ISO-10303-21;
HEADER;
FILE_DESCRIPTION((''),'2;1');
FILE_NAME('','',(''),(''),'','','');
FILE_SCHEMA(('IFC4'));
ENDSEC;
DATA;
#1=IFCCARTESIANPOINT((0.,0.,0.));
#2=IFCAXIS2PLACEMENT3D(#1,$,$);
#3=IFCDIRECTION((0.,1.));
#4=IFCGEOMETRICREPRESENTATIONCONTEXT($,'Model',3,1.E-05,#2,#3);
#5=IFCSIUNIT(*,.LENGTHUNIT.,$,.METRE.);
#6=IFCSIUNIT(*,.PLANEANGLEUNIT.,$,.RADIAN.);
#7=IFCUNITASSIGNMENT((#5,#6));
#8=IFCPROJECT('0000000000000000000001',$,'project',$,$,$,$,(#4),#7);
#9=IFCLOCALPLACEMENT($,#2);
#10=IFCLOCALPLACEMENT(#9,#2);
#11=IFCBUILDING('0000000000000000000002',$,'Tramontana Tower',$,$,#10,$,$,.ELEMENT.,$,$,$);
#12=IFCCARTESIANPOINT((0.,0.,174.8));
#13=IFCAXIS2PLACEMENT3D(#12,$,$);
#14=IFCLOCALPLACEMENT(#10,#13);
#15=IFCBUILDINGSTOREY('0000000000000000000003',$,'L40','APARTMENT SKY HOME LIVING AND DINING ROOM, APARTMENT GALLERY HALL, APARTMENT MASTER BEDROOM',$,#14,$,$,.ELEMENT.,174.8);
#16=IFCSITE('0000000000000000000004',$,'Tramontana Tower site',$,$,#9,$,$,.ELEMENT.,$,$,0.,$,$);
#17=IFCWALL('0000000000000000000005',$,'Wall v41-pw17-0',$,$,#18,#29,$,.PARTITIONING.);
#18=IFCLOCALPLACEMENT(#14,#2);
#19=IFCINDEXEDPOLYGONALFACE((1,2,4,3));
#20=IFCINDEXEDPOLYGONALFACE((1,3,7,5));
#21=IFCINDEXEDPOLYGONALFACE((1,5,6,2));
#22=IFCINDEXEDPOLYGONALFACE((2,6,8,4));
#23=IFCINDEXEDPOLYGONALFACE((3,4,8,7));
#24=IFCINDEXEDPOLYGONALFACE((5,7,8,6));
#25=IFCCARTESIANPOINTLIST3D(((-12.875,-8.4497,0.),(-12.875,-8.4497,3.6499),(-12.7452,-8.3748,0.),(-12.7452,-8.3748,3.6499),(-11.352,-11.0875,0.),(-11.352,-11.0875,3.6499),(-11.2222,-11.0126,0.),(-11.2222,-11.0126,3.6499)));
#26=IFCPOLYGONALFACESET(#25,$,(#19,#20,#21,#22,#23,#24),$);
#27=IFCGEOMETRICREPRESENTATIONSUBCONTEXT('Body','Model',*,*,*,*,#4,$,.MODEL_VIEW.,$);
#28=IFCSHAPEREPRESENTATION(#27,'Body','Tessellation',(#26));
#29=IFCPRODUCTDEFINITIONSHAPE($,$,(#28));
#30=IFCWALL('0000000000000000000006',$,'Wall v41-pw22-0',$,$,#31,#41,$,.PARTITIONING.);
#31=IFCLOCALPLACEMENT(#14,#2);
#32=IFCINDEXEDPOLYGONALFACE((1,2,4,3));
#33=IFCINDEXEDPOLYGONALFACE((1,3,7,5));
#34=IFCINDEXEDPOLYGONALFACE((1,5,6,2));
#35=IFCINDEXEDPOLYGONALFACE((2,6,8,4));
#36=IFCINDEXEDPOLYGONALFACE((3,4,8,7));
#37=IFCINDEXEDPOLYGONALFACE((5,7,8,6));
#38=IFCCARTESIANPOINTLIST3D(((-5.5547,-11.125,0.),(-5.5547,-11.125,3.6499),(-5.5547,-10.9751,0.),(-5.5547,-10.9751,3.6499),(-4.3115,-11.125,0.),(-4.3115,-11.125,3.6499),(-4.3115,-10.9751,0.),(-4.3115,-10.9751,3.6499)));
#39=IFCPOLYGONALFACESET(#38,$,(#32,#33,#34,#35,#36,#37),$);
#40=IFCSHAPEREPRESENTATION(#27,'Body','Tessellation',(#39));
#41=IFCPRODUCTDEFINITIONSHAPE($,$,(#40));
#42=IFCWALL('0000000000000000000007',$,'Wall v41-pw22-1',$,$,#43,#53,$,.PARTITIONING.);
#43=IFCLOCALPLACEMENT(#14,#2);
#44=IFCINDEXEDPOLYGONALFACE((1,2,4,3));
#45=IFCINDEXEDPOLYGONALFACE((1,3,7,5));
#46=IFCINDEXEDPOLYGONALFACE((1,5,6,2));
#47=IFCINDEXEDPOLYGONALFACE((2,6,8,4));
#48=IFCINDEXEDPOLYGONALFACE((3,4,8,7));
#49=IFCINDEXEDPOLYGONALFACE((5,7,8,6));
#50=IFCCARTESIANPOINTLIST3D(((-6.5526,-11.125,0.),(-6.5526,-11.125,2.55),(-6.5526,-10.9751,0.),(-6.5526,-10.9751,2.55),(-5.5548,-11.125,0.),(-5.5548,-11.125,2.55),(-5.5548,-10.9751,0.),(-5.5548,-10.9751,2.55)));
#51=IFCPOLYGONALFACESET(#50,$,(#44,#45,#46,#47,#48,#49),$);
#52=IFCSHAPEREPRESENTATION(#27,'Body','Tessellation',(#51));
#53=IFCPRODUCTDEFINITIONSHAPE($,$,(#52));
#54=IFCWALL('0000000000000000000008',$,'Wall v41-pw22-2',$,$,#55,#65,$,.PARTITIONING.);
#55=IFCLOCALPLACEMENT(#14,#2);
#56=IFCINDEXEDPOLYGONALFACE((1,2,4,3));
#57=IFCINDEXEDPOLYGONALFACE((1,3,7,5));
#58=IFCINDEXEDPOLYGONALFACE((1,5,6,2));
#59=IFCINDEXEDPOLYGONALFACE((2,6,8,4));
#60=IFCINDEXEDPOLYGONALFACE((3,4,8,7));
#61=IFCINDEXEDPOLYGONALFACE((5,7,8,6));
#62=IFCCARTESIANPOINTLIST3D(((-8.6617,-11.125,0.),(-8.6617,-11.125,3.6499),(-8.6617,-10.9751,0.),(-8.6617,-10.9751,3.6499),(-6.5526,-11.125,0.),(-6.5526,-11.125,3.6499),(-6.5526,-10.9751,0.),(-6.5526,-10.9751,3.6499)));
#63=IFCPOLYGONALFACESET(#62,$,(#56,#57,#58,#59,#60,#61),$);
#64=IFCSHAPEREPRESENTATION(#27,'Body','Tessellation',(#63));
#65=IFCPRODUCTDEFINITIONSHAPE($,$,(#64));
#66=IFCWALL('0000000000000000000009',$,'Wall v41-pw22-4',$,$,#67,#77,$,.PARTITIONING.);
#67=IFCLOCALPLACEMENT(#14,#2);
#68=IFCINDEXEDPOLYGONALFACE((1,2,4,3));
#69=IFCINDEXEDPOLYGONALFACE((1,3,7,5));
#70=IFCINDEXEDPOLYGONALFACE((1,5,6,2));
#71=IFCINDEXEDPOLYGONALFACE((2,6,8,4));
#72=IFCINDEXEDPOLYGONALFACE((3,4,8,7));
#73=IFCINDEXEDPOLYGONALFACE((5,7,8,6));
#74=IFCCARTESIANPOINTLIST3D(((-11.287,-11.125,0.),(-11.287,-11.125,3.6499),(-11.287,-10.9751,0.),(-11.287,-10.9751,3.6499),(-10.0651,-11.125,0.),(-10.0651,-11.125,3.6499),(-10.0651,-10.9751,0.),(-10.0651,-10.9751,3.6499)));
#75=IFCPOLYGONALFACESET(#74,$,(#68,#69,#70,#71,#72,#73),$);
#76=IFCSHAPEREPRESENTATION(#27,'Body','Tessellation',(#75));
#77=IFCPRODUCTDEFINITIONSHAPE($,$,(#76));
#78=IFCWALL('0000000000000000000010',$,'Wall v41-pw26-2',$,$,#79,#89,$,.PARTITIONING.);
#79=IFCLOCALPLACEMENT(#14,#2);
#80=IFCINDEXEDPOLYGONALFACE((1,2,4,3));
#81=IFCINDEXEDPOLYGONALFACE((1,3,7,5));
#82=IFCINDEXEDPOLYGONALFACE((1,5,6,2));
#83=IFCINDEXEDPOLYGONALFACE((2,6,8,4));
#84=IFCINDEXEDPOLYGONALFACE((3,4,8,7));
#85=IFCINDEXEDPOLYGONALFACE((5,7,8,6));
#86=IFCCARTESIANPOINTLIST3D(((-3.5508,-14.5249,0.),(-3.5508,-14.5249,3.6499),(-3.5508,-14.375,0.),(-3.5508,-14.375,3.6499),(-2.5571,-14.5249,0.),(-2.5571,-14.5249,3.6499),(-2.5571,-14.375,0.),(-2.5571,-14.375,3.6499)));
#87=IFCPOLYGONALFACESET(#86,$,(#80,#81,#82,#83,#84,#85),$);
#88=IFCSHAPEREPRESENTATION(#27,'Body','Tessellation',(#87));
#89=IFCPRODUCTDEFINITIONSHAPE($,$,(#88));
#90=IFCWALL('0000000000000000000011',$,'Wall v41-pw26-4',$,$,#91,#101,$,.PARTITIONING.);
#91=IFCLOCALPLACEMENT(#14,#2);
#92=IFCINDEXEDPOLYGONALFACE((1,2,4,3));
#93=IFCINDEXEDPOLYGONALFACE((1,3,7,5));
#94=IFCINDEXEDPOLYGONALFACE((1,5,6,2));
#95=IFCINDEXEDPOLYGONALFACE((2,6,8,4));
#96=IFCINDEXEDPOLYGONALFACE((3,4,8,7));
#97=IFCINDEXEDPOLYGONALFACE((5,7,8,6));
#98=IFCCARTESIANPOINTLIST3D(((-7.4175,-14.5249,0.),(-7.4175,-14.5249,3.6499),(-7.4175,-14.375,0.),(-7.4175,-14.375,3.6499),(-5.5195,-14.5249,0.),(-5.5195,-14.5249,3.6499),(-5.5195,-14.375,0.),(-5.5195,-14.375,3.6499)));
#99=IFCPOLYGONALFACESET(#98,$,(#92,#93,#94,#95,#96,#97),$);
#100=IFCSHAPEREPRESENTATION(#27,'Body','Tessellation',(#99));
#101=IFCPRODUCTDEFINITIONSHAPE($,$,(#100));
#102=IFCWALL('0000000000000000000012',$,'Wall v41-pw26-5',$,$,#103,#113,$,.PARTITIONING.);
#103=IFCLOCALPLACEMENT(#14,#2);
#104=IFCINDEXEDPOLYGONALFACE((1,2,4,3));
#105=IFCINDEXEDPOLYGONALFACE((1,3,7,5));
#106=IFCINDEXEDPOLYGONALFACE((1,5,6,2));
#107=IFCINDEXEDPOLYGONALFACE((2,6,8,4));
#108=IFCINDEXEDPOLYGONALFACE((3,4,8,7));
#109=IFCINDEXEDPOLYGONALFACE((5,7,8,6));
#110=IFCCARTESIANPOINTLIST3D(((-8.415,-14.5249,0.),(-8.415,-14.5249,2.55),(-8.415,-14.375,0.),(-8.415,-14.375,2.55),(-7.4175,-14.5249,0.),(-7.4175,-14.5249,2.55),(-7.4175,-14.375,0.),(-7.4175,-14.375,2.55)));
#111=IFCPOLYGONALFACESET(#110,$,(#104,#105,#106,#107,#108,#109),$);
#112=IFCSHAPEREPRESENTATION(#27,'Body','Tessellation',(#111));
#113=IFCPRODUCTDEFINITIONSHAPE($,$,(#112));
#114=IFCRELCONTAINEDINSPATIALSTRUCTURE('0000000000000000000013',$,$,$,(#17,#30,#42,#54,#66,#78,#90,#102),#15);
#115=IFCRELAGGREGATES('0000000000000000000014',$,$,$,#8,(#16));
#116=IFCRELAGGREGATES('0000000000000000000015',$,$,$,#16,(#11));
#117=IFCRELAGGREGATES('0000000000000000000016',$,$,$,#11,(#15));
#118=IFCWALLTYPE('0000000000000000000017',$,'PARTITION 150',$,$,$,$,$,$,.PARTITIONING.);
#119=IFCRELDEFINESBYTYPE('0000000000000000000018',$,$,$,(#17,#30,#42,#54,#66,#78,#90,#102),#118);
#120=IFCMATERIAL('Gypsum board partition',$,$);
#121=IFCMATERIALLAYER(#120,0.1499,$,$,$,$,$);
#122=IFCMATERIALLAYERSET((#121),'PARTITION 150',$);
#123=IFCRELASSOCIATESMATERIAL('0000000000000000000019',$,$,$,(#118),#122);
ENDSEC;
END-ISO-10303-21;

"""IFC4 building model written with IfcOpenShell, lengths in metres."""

from ifc_helpers import new_model, si_unit, direction, frame, frame_2d, origin, place, context, subcontext, project, spatial, rectangle, extrude, material, layer, layer_set, type_object, element, save


model = new_model("IFC4")

# Units and contexts
model_context = context("Model", 3, precision=1e-05, world=origin(), true_north=direction((0.0, 1.0)))
body_context = subcontext(model_context, "Body", "Model", "MODEL_VIEW")
ifc_project = project(units=[si_unit("LENGTHUNIT", "METRE"), si_unit("PLANEANGLEUNIT", "RADIAN")], contexts=[model_context])

# Site, building, storey
site_placement = place(None, origin())
site = spatial("IfcSite", under=ifc_project, at=site_placement, Name="Tramontana Tower site", CompositionType="ELEMENT", RefElevation=0.0)
building_placement = place(site_placement, origin())
building = spatial("IfcBuilding", under=site, at=building_placement, Name="Tramontana Tower", CompositionType="ELEMENT")
storey_placement = place(building_placement, frame((0.0, 0.0, 174.8)))
storey = spatial("IfcBuildingStorey", under=building, at=storey_placement, Name="L40", Description="APARTMENT SKY HOME LIVING AND DINING ROOM, APARTMENT GALLERY HALL, APARTMENT MASTER BEDROOM", CompositionType="ELEMENT", Elevation=174.8)

# Shared definitions
ifc_material_1 = material(Name="Gypsum board partition")
ifc_layer_1 = layer(ifc_material_1, 0.1499)
ifc_layer_set_1 = layer_set([ifc_layer_1], Name="PARTITION 150")
wall_type_1 = type_object("IfcWallType", Name="PARTITION 150", PredefinedType="PARTITIONING", material=ifc_layer_set_1)

# Wall
wall_1_placement = place(storey_placement, frame((-11.2871, -11.05, 0.0), z_axis=(0.0, 0.0, 1.0), x_axis=(-0.500018, 0.866015, 0.0)))
element("IfcWall", 1, at=wall_1_placement, inside=storey, type_object=wall_type_1, Name="Wall v41-pw17-0", PredefinedType="PARTITIONING", context=body_context, shape_type="SweptSolid", body=[
    extrude(rectangle(XDim=3.0459, YDim=0.1499, at=frame_2d((1.5229, 0.0))), origin(), (0.0, 0.0, 1.0), 3.6499),
])

# Walls
wall_2_placement = place(storey_placement, frame((-4.3115, -11.05, 0.0), z_axis=(0.0, 0.0, 1.0), x_axis=(-1.0, 0.0, 0.0)))
element("IfcWall", 2, at=wall_2_placement, inside=storey, type_object=wall_type_1, Name="Wall v41-pw22-0", PredefinedType="PARTITIONING", context=body_context, shape_type="SweptSolid", body=[
    extrude(rectangle(XDim=1.2432, YDim=0.1499, at=frame_2d((0.6216, 0.0))), origin(), (0.0, 0.0, 1.0), 3.6499),
])
wall_3_placement = place(storey_placement, frame((-5.5547, -11.05, 0.0), z_axis=(0.0, 0.0, 1.0), x_axis=(-1.0, 0.0, 0.0)))
element("IfcWall", 3, at=wall_3_placement, inside=storey, type_object=wall_type_1, Name="Wall v41-pw22-1", PredefinedType="PARTITIONING", context=body_context, shape_type="SweptSolid", body=[
    extrude(rectangle(XDim=0.9978, YDim=0.1499, at=frame_2d((0.499, 0.0))), origin(), (0.0, 0.0, 1.0), 2.55),
])
wall_4_placement = place(storey_placement, frame((-6.5525, -11.05, 0.0), z_axis=(0.0, 0.0, 1.0), x_axis=(-1.0, 0.0, 0.0)))
element("IfcWall", 4, at=wall_4_placement, inside=storey, type_object=wall_type_1, Name="Wall v41-pw22-2", PredefinedType="PARTITIONING", context=body_context, shape_type="SweptSolid", body=[
    extrude(rectangle(XDim=2.1091, YDim=0.1499, at=frame_2d((1.0547, 0.0))), origin(), (0.0, 0.0, 1.0), 3.6499),
])

# Wall
wall_5_placement = place(storey_placement, frame((-10.0652, -11.05, 0.0), z_axis=(0.0, 0.0, 1.0), x_axis=(-1.0, 0.0, 0.0)))
element("IfcWall", 5, at=wall_5_placement, inside=storey, type_object=wall_type_1, Name="Wall v41-pw22-4", PredefinedType="PARTITIONING", context=body_context, shape_type="SweptSolid", body=[
    extrude(rectangle(XDim=1.2219, YDim=0.1499, at=frame_2d((0.6108, 0.0))), origin(), (0.0, 0.0, 1.0), 3.6499),
])

# Wall
wall_6_placement = place(storey_placement, frame((-2.5571, -14.45, 0.0), z_axis=(0.0, 0.0, 1.0), x_axis=(-1.0, 0.0, 0.0)))
element("IfcWall", 6, at=wall_6_placement, inside=storey, type_object=wall_type_1, Name="Wall v41-pw26-2", PredefinedType="PARTITIONING", context=body_context, shape_type="SweptSolid", body=[
    extrude(rectangle(XDim=0.9937, YDim=0.1499, at=frame_2d((0.4968, 0.0))), origin(), (0.0, 0.0, 1.0), 3.6499),
])

# Walls
wall_7_placement = place(storey_placement, frame((-5.5195, -14.45, 0.0), z_axis=(0.0, 0.0, 1.0), x_axis=(-1.0, 0.0, 0.0)))
element("IfcWall", 7, at=wall_7_placement, inside=storey, type_object=wall_type_1, Name="Wall v41-pw26-4", PredefinedType="PARTITIONING", context=body_context, shape_type="SweptSolid", body=[
    extrude(rectangle(XDim=1.8979, YDim=0.1499, at=frame_2d((0.949, 0.0))), origin(), (0.0, 0.0, 1.0), 3.6499),
])
wall_8_placement = place(storey_placement, frame((-7.4175, -14.45, 0.0), z_axis=(0.0, 0.0, 1.0), x_axis=(-1.0, 0.0, 0.0)))
element("IfcWall", 8, at=wall_8_placement, inside=storey, type_object=wall_type_1, Name="Wall v41-pw26-5", PredefinedType="PARTITIONING", context=body_context, shape_type="SweptSolid", body=[
    extrude(rectangle(XDim=0.9976, YDim=0.1499, at=frame_2d((0.4988, 0.0))), origin(), (0.0, 0.0, 1.0), 2.55),
])

save(model, "model.ifc")
